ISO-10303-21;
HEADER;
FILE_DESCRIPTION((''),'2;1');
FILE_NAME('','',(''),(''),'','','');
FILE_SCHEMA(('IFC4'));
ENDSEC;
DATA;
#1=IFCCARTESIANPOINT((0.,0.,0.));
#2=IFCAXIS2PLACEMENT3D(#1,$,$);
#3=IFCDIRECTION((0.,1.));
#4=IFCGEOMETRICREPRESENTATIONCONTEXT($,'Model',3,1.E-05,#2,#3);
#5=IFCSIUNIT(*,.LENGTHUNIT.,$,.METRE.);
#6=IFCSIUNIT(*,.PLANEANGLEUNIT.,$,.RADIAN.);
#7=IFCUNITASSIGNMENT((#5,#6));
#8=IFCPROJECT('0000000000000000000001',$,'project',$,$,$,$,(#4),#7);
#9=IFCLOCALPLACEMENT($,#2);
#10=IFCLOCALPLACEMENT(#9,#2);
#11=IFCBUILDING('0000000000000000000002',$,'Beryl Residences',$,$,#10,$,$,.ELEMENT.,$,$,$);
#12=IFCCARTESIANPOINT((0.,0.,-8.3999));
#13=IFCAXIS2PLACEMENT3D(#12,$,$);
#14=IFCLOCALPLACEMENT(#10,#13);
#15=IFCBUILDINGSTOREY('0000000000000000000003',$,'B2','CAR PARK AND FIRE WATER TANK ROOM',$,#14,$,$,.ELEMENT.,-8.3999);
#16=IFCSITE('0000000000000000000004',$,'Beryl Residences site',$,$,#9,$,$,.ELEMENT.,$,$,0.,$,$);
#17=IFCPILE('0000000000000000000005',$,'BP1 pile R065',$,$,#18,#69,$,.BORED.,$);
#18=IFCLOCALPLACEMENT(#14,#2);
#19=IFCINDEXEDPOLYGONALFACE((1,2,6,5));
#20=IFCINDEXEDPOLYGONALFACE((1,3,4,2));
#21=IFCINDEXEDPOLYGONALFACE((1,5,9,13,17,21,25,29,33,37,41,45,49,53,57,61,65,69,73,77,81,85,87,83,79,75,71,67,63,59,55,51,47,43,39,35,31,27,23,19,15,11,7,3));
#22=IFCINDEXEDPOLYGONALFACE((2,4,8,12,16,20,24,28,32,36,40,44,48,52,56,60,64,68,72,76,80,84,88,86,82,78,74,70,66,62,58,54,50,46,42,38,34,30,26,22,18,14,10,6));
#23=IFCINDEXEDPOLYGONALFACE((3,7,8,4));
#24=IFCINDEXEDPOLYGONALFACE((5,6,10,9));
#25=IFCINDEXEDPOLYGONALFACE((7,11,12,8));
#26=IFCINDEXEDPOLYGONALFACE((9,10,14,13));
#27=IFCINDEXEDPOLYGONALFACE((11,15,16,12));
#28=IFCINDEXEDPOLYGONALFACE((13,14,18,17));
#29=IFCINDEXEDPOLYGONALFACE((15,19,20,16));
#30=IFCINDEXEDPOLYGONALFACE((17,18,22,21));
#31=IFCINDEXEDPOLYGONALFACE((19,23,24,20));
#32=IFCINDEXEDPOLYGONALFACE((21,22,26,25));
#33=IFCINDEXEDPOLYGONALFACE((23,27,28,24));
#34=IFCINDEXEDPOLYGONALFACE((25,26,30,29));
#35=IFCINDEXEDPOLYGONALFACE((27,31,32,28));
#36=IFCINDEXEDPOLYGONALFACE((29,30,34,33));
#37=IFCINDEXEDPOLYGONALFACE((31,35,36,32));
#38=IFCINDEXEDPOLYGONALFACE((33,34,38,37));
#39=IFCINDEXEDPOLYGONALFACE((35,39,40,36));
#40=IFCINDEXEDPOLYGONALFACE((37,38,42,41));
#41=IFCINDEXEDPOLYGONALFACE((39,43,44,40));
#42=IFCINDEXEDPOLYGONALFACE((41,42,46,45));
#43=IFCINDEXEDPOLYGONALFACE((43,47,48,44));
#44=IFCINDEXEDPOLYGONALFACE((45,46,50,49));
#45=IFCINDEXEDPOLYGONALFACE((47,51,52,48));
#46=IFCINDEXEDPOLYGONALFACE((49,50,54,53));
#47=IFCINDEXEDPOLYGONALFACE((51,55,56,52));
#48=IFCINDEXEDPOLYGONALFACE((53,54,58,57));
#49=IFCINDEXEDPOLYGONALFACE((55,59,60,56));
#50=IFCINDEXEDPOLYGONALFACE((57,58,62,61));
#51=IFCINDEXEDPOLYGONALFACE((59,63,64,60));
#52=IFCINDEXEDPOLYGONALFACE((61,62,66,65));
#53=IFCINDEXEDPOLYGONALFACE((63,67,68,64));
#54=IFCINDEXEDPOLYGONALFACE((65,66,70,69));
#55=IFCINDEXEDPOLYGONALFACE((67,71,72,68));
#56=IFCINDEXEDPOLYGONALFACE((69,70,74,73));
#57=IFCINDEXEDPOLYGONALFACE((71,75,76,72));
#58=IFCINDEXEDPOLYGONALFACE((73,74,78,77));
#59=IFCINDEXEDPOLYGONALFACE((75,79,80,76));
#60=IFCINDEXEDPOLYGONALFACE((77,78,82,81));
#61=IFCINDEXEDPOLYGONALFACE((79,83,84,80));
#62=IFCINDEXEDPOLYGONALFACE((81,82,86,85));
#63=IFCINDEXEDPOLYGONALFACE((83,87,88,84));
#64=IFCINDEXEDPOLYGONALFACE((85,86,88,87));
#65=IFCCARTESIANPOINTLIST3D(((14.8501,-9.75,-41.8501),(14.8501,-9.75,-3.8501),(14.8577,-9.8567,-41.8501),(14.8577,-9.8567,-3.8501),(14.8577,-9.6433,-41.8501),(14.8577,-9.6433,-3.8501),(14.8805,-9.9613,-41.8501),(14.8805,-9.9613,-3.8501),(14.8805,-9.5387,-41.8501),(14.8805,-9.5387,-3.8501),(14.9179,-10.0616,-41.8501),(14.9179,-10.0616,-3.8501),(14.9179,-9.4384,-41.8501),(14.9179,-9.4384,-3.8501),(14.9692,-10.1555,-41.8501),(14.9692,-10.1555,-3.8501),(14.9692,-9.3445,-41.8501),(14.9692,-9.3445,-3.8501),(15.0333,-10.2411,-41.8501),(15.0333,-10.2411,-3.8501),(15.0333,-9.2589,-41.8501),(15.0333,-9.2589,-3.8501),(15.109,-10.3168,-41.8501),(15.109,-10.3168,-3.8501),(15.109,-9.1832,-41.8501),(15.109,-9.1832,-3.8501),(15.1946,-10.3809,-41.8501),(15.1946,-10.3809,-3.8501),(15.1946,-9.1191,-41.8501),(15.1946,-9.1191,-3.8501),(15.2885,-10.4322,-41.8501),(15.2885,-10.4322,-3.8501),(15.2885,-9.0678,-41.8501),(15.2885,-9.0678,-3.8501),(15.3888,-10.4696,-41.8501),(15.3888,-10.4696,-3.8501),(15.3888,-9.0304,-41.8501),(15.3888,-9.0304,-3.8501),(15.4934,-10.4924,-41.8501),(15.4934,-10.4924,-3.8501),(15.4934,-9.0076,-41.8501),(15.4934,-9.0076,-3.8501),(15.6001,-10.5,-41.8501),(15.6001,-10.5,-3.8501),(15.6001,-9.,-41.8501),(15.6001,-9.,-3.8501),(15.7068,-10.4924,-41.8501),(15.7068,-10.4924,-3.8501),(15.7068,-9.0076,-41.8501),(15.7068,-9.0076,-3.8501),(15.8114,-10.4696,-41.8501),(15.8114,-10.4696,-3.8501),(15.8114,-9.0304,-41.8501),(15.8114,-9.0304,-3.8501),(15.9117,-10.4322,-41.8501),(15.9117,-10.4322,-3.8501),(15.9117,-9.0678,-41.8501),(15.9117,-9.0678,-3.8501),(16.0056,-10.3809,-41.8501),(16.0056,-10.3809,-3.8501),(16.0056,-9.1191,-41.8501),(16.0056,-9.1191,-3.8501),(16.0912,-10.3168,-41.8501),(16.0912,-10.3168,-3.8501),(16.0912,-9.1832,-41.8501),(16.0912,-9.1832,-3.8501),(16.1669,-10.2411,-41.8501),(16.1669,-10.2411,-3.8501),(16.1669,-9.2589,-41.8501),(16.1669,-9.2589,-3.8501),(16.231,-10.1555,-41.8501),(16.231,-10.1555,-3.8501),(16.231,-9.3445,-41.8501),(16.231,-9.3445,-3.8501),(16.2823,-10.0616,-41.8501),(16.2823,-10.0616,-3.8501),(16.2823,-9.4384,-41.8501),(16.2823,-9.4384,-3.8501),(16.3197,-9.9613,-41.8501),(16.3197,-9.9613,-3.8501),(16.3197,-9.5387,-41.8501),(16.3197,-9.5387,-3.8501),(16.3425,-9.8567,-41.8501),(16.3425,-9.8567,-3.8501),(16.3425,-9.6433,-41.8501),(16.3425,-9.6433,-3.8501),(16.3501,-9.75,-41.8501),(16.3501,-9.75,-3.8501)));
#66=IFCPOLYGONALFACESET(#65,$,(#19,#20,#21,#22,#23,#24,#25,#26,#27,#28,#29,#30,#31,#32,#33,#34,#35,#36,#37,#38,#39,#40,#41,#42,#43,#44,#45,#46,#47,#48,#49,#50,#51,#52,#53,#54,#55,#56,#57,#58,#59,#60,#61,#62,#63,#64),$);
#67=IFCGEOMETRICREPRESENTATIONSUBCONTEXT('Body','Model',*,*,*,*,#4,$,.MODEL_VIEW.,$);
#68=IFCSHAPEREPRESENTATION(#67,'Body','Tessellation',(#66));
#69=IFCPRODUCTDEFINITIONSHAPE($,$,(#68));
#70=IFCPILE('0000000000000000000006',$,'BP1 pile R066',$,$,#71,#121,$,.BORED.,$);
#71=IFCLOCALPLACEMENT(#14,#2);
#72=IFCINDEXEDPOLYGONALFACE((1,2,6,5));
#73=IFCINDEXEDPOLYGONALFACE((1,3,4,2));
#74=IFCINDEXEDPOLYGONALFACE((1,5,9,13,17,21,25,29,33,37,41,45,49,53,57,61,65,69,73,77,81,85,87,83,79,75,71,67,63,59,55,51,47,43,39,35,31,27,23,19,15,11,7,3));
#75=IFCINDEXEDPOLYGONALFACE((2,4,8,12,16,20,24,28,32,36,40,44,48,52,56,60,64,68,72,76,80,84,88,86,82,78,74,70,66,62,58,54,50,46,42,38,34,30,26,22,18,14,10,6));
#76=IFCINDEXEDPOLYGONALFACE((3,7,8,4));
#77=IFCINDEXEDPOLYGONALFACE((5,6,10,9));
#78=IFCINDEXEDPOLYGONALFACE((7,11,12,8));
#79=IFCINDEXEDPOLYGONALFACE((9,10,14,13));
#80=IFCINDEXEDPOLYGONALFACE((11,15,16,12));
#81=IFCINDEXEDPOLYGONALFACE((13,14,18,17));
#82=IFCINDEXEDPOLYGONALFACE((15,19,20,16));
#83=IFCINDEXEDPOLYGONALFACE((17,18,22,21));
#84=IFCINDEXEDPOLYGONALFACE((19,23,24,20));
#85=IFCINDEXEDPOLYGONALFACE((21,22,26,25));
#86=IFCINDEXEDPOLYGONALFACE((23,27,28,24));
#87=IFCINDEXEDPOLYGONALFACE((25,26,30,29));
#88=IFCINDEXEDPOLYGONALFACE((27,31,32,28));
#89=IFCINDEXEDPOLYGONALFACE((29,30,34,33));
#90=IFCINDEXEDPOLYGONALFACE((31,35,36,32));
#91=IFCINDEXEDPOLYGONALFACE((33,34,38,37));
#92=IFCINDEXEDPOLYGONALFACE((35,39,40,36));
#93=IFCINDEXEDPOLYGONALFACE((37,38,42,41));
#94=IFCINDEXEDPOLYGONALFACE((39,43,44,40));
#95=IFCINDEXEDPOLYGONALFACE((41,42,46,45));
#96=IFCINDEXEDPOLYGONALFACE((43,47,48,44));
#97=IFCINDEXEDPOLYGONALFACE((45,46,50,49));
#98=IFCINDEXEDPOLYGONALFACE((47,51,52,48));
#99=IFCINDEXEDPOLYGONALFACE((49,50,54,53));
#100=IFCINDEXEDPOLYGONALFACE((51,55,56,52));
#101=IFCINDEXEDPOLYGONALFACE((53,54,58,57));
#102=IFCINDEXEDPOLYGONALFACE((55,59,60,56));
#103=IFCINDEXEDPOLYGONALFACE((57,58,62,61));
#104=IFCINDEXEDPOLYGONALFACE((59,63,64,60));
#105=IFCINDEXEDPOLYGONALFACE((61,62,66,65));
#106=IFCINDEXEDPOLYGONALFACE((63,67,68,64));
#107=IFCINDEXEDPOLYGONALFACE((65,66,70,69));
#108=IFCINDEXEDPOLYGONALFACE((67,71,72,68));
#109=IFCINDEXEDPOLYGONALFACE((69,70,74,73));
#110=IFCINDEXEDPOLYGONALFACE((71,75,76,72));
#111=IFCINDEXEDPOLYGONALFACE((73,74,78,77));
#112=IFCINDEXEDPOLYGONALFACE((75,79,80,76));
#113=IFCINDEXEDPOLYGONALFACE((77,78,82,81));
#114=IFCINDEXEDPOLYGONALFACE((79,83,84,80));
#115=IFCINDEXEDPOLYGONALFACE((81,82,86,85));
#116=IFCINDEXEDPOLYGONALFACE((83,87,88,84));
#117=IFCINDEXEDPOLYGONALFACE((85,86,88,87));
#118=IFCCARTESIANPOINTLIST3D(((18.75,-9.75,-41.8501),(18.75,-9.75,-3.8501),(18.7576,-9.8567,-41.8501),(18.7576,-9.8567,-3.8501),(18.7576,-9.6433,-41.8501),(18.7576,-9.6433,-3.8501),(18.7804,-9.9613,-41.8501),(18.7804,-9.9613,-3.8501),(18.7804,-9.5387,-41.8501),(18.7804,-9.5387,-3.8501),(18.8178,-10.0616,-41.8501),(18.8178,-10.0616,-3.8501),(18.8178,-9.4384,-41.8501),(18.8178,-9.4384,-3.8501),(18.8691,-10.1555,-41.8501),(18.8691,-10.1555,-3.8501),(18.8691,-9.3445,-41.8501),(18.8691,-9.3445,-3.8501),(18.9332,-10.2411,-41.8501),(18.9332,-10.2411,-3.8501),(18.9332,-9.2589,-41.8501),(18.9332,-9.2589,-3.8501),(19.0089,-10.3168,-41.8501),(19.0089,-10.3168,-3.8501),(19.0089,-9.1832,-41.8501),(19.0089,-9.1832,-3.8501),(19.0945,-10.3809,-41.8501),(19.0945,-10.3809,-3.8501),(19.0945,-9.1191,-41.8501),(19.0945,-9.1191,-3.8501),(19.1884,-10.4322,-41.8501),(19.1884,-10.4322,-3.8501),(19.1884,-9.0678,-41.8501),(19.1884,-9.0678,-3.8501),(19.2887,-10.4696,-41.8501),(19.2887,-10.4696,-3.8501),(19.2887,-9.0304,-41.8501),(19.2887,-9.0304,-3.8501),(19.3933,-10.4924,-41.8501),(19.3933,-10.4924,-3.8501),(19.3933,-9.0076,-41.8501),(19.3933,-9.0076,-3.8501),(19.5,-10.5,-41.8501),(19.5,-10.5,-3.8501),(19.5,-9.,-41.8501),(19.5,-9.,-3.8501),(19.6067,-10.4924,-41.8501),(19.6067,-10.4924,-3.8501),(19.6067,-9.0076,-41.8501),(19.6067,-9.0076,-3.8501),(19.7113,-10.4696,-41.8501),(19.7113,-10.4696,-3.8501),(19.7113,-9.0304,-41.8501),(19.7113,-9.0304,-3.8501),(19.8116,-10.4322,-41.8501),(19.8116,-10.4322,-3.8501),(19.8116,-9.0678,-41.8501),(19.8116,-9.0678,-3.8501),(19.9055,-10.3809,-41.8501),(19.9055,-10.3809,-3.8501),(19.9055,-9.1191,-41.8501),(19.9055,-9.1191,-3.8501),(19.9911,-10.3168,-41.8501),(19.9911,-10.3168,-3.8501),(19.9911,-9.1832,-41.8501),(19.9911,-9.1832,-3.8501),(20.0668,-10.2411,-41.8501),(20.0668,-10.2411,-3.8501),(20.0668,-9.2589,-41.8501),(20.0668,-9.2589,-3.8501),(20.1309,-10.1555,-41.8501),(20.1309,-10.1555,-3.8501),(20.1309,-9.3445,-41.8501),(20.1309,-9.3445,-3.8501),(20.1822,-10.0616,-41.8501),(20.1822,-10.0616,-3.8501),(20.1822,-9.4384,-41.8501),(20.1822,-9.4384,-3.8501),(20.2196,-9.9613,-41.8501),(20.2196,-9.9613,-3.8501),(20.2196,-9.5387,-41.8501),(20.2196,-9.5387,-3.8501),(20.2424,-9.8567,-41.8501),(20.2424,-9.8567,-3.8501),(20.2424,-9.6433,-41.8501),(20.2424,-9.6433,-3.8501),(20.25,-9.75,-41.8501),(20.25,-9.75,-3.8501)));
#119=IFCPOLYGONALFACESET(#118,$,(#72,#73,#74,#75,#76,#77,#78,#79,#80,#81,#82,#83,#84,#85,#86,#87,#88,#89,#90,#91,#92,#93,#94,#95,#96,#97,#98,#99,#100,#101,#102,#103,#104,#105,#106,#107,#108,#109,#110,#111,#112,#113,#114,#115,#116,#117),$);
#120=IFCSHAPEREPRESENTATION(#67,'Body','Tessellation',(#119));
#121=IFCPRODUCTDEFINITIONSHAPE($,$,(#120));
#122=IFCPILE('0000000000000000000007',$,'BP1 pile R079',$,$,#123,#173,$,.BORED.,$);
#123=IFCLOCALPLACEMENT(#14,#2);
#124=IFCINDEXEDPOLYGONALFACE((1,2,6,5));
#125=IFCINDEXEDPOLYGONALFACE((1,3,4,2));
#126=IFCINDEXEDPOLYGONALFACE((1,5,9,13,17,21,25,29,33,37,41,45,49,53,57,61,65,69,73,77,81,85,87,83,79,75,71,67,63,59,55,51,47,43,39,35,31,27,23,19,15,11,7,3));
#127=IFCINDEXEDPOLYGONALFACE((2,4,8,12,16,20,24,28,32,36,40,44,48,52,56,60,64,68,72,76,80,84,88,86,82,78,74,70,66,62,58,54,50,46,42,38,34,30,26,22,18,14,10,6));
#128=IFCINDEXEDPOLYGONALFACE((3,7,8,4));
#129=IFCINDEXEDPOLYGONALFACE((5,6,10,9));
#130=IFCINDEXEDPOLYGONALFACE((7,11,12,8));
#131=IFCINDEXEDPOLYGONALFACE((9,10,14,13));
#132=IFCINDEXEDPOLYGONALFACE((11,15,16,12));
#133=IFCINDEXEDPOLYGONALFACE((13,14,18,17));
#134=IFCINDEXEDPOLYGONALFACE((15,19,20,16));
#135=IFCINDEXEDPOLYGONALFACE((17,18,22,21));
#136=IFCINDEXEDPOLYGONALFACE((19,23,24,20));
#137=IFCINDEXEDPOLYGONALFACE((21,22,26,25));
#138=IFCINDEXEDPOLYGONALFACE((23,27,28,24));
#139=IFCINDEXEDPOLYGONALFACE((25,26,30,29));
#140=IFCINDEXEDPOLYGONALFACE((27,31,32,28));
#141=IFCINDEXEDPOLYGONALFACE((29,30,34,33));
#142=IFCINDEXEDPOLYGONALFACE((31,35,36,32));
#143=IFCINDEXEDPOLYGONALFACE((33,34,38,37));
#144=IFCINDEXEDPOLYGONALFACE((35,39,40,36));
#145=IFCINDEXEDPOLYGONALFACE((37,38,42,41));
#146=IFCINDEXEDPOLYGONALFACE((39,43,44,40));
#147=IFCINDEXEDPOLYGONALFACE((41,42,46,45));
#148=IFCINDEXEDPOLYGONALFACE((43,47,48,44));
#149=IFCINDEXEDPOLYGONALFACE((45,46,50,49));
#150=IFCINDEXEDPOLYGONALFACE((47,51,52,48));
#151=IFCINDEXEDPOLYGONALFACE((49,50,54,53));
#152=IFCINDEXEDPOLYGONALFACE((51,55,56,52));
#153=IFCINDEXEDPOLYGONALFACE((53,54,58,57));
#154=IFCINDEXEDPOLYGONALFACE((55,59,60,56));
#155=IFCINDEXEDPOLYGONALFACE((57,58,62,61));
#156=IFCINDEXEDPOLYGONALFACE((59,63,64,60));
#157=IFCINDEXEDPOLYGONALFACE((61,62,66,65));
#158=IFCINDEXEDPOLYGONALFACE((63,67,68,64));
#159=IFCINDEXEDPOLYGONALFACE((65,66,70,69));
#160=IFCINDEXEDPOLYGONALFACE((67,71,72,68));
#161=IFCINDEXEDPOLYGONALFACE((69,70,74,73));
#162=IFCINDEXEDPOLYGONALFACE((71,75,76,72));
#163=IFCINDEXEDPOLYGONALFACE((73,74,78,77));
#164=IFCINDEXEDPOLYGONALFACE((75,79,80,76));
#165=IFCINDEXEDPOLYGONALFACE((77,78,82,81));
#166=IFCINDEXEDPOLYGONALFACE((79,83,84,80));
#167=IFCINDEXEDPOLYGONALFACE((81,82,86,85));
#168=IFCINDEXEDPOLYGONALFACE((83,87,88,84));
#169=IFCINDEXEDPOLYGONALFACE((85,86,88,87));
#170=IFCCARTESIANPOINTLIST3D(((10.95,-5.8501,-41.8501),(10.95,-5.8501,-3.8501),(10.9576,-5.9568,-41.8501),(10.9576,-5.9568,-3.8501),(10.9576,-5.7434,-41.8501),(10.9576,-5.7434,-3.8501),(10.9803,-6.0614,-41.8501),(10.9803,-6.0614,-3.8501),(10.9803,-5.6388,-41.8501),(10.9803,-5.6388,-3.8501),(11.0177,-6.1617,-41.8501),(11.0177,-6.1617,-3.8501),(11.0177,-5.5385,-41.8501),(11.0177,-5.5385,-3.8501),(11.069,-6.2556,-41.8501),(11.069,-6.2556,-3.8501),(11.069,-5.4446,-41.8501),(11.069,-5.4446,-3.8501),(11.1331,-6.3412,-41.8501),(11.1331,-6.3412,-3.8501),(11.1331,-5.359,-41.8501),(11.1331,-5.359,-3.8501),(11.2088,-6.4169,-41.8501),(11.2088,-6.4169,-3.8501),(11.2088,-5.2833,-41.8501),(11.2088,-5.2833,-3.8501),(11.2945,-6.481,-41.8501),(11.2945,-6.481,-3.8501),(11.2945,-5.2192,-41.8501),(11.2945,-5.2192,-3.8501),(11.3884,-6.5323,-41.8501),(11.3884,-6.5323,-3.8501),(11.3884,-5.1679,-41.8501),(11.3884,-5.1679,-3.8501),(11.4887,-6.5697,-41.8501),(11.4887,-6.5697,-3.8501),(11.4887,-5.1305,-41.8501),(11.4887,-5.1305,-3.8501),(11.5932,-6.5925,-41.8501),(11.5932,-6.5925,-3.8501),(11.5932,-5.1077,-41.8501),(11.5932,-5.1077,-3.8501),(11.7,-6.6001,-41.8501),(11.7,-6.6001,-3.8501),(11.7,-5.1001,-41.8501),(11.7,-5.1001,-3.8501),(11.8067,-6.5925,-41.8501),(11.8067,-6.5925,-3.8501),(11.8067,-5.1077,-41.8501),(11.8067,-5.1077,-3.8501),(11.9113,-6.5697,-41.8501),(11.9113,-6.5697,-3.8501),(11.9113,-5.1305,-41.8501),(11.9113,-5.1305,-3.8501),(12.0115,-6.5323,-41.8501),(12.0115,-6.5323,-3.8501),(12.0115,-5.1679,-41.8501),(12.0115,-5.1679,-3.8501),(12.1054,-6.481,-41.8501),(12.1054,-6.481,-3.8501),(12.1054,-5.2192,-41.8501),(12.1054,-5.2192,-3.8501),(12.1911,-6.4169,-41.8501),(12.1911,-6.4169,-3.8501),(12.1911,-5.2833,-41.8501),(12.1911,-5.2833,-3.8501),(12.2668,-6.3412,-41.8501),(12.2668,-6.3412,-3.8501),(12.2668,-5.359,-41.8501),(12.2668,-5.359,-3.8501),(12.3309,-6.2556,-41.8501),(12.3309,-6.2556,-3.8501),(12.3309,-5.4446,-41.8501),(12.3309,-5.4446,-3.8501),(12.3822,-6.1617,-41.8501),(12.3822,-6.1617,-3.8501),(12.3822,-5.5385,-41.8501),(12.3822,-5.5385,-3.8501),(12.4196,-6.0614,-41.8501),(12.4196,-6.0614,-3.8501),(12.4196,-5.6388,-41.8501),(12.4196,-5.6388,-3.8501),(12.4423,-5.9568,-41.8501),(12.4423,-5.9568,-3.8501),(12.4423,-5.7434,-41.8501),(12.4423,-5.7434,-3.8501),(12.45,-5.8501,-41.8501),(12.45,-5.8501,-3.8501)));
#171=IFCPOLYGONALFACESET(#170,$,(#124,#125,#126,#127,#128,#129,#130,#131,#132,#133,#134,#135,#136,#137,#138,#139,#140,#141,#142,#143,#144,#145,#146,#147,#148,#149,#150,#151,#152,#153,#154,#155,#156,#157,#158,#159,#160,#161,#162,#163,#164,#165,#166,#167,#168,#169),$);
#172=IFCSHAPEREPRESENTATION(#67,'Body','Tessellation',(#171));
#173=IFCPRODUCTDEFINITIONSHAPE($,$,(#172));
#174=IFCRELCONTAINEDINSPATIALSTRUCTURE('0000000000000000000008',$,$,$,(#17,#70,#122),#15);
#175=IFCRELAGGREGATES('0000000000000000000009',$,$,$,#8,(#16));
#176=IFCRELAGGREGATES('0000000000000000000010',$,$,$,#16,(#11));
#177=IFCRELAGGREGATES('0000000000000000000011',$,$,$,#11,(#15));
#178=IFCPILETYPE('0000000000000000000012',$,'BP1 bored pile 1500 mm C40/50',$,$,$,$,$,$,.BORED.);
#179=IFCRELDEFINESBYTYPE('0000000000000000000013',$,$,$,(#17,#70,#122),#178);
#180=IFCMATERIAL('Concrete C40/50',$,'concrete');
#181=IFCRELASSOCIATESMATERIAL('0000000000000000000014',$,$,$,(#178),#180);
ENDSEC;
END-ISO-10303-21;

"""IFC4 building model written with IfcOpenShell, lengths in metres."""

from ifc_helpers import new_model, si_unit, direction, frame, origin, origin_2d, place, context, subcontext, project, spatial, circle, extrude, material, material_profile, profile_set, type_object, element, save


model = new_model("IFC4")

# Units and contexts
model_context = context("Model", 3, precision=1e-05, world=origin(), true_north=direction((0.0, 1.0)))
body_context = subcontext(model_context, "Body", "Model", "MODEL_VIEW")
ifc_project = project(units=[si_unit("LENGTHUNIT", "METRE"), si_unit("PLANEANGLEUNIT", "RADIAN")], contexts=[model_context])

# Site, building, storey
site_placement = place(None, origin())
site = spatial("IfcSite", under=ifc_project, at=site_placement, Name="Beryl Residences site", CompositionType="ELEMENT", RefElevation=0.0)
building_placement = place(site_placement, origin())
building = spatial("IfcBuilding", under=site, at=building_placement, Name="Beryl Residences", CompositionType="ELEMENT")
storey_placement = place(building_placement, frame((0.0, 0.0, -8.3999)))
storey = spatial("IfcBuildingStorey", under=building, at=storey_placement, Name="B2", Description="CAR PARK AND FIRE WATER TANK ROOM", CompositionType="ELEMENT", Elevation=-8.3999)

# Piles
ifc_material_1 = material(Name="Concrete C40/50", Category="concrete")
ifc_material_profile_1 = material_profile(ifc_material_1, circle(Radius=0.75, at=origin_2d()))
ifc_profile_set_1 = profile_set([ifc_material_profile_1], Name="Concrete C40/50")
pile_type_1 = type_object("IfcPileType", Name="BP1 bored pile 1500 mm C40/50", PredefinedType="BORED", material=ifc_profile_set_1)
for number, where, z_axis, x_axis, name in (
    (1, (15.6001, -9.75, -3.8501), (0.0, 0.0, -1.0), (1.0, 0.0, 0.0), "BP1 pile R065"),
    (2, (19.5, -9.75, -3.8501), (0.0, 0.0, -1.0), (1.0, 0.0, 0.0), "BP1 pile R066"),
    (3, (11.7, -5.8501, -3.8501), (0.0, 0.0, -1.0), (1.0, 0.0, 0.0), "BP1 pile R079"),
):
    element("IfcPile", number, at=place(storey_placement, frame(where, z_axis=z_axis, x_axis=x_axis)), inside=storey, type_object=pile_type_1, Name=name, PredefinedType="BORED", context=body_context, shape_type="SweptSolid", body=[
        extrude(circle(Radius=0.75, at=origin_2d()), origin(), (0.0, 0.0, 1.0), 38.0),
    ])

save(model, "model.ifc")
